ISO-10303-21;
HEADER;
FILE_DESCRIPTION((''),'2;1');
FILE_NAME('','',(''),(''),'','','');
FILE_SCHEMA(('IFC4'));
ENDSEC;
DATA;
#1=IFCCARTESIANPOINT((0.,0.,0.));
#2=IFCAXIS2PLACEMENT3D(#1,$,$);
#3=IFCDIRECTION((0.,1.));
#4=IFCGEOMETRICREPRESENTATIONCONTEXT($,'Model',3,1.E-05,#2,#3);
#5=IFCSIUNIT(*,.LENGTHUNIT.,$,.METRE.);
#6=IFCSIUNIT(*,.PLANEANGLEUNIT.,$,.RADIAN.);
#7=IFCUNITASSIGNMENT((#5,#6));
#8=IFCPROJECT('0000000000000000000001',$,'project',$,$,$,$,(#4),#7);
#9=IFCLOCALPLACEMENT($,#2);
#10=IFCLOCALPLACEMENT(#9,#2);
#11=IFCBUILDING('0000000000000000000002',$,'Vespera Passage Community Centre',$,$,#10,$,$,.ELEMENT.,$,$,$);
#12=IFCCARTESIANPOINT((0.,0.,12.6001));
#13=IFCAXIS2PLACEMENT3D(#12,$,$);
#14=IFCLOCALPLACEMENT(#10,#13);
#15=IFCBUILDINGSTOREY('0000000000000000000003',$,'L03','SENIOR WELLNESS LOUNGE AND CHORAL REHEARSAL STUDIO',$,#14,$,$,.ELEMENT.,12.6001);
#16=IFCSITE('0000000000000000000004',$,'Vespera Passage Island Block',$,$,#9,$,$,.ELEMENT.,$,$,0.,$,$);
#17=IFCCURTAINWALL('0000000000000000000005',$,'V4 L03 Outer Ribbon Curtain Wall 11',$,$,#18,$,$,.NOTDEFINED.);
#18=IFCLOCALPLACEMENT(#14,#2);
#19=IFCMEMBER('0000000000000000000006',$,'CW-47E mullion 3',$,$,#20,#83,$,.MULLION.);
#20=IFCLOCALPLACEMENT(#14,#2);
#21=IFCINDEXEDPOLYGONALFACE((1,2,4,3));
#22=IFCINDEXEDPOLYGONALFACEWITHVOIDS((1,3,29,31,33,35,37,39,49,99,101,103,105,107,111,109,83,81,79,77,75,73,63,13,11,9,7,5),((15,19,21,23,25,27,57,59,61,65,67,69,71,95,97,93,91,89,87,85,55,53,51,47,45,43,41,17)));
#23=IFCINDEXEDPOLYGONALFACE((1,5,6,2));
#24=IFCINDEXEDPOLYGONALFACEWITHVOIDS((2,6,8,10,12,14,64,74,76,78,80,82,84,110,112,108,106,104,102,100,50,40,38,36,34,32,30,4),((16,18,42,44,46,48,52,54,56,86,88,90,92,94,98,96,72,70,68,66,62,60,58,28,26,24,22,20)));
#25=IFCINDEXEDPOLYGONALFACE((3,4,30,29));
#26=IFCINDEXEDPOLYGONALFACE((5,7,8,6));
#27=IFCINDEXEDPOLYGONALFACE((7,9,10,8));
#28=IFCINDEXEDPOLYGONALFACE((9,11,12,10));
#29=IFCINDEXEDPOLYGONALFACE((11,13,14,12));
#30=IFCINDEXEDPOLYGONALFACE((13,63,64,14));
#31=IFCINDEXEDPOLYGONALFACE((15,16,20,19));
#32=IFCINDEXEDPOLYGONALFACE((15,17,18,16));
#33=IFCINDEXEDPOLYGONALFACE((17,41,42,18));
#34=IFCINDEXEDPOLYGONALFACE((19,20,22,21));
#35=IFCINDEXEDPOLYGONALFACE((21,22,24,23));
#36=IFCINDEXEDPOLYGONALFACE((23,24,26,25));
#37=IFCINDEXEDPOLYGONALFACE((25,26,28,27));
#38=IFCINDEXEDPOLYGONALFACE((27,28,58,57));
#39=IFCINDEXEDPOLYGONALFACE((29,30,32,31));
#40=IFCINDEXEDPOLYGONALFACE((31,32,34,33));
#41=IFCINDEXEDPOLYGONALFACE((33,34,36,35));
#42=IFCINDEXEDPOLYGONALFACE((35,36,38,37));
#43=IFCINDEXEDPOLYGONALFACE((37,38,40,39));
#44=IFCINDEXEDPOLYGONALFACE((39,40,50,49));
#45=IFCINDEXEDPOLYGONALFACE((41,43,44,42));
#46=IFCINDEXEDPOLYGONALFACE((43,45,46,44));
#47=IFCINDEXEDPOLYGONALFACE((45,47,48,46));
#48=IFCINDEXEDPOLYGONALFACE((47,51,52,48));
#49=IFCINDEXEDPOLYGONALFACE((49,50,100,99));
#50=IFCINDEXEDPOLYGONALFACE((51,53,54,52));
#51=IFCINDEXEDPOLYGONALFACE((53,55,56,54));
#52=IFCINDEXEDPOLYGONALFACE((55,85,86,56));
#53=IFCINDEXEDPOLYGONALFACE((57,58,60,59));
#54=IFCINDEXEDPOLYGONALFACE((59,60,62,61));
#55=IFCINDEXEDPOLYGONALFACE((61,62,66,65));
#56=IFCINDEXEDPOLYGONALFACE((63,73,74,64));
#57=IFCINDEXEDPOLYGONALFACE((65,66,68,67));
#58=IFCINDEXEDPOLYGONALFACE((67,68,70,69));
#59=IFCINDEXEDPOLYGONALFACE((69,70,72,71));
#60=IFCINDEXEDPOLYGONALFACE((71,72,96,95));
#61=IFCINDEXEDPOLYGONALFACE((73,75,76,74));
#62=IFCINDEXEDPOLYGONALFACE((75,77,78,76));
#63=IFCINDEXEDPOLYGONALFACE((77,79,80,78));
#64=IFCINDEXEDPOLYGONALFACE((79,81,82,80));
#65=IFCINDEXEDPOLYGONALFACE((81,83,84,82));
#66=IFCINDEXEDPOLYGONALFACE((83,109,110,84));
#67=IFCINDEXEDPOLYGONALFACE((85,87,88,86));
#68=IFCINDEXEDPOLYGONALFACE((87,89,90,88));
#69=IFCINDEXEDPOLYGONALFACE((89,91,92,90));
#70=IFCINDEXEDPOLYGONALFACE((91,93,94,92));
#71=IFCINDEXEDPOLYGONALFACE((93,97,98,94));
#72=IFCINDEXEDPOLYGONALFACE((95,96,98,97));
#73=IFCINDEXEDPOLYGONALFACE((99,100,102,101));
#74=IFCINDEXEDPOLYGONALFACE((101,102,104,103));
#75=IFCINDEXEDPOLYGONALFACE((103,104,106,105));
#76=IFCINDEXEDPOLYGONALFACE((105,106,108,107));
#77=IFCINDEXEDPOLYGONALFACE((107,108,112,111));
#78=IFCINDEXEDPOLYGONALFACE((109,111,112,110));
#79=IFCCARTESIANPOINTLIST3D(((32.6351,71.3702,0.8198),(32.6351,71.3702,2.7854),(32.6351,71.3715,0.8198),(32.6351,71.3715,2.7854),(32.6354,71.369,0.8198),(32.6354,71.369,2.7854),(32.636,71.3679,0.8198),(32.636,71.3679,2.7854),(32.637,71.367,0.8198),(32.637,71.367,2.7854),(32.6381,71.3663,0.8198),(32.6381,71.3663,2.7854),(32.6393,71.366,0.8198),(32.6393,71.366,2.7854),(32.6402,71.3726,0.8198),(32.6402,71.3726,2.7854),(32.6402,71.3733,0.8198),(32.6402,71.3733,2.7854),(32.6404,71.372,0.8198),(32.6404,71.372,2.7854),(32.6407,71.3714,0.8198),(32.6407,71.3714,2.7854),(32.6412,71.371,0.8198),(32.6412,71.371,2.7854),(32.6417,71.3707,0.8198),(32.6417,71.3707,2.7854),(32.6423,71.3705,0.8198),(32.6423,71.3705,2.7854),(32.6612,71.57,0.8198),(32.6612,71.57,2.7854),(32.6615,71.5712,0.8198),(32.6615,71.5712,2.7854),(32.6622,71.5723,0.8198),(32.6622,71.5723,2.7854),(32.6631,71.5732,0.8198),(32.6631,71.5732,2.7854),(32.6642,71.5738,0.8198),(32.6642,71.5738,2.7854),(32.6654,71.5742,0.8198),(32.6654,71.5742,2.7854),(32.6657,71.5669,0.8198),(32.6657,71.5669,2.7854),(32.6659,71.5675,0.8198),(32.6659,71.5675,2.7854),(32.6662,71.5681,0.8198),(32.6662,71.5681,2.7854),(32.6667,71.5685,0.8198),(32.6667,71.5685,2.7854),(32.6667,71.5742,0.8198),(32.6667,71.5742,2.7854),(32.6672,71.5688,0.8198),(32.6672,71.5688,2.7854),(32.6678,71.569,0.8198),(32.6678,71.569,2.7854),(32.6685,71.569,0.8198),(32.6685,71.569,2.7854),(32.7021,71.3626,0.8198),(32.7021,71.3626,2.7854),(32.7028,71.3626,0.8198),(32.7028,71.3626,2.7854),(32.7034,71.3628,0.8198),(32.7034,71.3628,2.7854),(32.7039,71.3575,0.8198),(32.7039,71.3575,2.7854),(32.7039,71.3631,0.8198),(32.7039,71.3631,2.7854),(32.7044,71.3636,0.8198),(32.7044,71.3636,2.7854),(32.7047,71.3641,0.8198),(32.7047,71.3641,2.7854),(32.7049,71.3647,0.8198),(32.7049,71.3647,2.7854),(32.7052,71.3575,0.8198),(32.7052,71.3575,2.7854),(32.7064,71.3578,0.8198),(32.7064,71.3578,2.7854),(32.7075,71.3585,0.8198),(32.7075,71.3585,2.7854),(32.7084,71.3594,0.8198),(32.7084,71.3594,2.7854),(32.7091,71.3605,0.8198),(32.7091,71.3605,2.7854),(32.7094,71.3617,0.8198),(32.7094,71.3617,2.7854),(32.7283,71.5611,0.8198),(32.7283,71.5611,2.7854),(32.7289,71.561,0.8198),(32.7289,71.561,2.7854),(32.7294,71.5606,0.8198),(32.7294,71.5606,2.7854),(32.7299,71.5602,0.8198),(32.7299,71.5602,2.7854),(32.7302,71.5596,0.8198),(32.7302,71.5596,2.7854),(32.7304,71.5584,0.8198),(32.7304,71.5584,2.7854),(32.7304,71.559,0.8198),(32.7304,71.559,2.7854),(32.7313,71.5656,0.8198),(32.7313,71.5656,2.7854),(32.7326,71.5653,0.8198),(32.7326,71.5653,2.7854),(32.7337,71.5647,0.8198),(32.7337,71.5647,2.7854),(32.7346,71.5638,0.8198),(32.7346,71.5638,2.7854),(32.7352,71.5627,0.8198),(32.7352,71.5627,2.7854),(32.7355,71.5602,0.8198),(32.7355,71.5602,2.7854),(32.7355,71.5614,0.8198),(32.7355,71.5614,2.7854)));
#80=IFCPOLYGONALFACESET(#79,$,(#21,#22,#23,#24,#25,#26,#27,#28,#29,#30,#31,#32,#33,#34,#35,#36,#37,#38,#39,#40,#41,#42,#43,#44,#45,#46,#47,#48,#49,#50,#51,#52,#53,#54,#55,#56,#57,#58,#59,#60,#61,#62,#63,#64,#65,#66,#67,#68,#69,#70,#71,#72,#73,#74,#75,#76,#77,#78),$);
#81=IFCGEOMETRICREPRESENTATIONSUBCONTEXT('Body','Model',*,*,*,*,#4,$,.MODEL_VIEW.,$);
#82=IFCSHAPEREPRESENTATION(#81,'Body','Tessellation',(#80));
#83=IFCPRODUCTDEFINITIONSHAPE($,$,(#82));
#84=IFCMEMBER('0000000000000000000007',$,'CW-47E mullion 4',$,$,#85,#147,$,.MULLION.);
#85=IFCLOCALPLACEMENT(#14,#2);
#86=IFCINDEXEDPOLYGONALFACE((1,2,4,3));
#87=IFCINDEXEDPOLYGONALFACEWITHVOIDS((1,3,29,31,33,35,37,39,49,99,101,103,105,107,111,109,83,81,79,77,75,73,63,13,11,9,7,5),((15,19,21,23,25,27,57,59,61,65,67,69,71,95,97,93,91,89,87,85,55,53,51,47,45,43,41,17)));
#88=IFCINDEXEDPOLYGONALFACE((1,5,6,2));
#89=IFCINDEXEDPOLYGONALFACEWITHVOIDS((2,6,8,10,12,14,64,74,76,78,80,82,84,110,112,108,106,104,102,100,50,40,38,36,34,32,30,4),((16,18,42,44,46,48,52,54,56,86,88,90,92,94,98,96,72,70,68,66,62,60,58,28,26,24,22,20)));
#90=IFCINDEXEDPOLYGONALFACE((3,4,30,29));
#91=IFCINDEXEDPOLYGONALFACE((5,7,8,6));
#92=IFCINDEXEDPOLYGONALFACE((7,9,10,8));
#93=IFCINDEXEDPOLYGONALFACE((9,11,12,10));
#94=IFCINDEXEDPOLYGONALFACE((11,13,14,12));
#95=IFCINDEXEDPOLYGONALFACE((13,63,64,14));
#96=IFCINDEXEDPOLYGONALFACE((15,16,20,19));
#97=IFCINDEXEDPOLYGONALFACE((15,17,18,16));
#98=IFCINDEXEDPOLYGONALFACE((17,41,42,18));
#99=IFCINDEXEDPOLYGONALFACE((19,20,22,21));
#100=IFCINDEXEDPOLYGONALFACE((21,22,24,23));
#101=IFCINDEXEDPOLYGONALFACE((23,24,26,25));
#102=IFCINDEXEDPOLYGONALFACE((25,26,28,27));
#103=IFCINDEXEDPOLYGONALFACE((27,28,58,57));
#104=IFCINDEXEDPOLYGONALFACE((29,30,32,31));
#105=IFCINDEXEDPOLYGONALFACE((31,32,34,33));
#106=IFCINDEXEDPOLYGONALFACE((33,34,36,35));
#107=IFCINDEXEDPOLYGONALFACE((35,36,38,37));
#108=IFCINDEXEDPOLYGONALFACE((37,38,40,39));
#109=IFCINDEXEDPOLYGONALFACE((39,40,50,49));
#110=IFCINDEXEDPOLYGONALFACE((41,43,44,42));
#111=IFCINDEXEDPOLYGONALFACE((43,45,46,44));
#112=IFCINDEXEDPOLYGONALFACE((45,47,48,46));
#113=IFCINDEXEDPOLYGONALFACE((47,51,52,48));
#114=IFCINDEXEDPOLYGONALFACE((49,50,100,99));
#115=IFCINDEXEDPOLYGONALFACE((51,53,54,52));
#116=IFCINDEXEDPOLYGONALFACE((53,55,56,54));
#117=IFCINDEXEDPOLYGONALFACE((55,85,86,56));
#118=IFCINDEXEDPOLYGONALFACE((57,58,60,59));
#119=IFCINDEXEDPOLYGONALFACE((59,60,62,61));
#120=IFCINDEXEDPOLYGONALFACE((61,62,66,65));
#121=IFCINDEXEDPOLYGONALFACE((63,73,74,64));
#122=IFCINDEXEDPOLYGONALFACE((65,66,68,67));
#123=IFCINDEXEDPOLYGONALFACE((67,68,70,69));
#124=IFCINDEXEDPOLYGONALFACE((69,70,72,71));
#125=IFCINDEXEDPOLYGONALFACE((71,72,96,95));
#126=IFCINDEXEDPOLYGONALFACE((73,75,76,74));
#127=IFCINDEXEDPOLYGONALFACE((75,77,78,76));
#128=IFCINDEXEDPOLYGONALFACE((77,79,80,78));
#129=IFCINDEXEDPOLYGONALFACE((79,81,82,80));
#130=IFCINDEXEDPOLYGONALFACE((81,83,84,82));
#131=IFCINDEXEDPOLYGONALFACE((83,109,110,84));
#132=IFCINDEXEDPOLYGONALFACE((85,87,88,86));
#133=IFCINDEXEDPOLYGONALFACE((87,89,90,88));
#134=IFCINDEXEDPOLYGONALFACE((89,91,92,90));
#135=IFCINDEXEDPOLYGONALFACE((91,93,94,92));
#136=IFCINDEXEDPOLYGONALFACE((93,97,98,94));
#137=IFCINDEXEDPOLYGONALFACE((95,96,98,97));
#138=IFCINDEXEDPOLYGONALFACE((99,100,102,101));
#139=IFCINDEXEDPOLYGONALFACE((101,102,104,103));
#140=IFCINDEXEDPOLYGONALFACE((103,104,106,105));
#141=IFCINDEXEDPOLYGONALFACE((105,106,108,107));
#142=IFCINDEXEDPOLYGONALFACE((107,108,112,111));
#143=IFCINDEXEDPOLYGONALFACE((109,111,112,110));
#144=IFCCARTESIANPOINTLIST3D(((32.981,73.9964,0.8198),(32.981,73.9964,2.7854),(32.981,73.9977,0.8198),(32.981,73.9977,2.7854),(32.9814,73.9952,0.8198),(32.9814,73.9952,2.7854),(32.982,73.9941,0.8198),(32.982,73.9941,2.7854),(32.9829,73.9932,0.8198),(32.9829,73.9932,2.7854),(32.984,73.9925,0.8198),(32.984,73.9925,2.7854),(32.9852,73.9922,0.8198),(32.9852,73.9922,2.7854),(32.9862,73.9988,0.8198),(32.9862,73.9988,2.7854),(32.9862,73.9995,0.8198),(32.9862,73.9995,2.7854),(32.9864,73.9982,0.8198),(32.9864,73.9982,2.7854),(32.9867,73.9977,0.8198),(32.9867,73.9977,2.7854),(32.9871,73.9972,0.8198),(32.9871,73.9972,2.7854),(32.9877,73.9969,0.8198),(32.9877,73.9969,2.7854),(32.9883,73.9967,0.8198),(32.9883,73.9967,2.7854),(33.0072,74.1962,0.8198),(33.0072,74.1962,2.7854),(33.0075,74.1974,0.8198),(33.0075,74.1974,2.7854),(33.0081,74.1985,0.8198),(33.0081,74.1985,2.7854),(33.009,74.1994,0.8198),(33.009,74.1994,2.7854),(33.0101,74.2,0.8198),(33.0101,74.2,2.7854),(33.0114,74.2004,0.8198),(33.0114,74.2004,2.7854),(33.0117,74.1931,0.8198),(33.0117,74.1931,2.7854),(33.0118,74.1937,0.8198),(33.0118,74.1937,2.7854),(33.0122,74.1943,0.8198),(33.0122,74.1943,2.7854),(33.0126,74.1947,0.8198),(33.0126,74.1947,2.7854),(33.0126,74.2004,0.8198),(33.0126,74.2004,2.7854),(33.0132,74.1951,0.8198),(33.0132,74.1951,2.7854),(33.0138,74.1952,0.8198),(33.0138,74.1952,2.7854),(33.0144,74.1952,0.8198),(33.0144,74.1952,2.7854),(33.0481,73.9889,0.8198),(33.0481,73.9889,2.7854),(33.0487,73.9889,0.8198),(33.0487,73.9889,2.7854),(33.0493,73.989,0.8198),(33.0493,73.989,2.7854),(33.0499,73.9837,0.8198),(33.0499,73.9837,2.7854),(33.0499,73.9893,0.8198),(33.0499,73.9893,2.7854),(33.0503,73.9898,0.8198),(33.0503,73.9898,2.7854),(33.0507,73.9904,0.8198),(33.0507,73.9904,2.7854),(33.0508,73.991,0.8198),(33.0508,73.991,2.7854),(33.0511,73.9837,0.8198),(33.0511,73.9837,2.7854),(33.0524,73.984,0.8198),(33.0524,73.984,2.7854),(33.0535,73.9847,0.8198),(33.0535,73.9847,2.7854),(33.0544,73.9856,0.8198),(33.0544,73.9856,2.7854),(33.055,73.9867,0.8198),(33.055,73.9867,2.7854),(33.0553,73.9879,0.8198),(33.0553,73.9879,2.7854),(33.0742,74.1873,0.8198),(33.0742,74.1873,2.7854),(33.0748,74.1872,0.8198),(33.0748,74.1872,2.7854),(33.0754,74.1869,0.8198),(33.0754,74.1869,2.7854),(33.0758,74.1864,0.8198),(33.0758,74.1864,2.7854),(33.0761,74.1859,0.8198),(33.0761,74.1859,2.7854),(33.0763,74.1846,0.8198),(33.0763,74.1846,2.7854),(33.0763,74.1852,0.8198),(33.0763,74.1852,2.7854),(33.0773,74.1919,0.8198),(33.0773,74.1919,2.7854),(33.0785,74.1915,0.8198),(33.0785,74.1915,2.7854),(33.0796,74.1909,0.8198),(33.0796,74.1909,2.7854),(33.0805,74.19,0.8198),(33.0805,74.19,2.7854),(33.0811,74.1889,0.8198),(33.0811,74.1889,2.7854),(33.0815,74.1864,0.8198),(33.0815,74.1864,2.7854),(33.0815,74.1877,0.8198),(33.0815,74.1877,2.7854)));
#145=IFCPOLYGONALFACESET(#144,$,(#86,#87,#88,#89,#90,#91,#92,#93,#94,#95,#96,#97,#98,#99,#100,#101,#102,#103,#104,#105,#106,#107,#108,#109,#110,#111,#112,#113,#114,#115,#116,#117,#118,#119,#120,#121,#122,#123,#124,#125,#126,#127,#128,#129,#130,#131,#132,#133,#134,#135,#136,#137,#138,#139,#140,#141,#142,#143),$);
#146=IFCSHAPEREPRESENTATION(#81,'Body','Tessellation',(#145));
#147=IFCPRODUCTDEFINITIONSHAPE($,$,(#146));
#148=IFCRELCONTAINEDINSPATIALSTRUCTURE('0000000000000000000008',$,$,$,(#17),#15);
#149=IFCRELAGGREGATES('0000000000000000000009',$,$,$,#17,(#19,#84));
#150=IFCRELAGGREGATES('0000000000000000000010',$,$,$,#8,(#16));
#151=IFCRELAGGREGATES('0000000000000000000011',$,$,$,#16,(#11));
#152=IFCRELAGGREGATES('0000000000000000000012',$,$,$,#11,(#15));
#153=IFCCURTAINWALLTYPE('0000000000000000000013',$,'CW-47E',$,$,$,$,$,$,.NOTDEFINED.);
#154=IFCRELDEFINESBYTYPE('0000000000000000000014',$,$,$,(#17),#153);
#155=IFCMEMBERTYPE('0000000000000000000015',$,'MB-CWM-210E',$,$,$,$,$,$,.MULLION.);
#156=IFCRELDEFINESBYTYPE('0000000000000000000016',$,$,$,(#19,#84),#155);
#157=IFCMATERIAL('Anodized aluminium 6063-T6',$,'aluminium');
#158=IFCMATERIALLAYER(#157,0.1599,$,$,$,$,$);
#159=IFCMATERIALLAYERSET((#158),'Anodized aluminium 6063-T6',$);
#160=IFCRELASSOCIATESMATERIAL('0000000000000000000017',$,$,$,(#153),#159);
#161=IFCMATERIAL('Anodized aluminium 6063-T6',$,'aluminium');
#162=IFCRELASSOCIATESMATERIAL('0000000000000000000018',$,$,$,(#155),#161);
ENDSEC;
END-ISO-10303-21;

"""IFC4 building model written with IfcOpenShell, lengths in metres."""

from ifc_helpers import new_model, si_unit, direction, frame, origin, origin_2d, place, context, subcontext, project, spatial, hollow_rectangle, extrude, material, layer, layer_set, material_profile, profile_set, type_object, element, aggregate, save


model = new_model("IFC4")

# Units and contexts
model_context = context("Model", 3, precision=1e-05, world=origin(), true_north=direction((0.0, 1.0)))
body_context = subcontext(model_context, "Body", "Model", "MODEL_VIEW")
ifc_project = project(units=[si_unit("LENGTHUNIT", "METRE"), si_unit("PLANEANGLEUNIT", "RADIAN")], contexts=[model_context])

# Site, building, storey
site_placement = place(None, origin())
site = spatial("IfcSite", under=ifc_project, at=site_placement, Name="Vespera Passage Island Block", CompositionType="ELEMENT", RefElevation=0.0)
building_placement = place(site_placement, origin())
building = spatial("IfcBuilding", under=site, at=building_placement, Name="Vespera Passage Community Centre", CompositionType="ELEMENT")
storey_placement = place(building_placement, frame((0.0, 0.0, 12.6001)))
storey = spatial("IfcBuildingStorey", under=building, at=storey_placement, Name="L03", Description="SENIOR WELLNESS LOUNGE AND CHORAL REHEARSAL STUDIO", CompositionType="ELEMENT", Elevation=12.6001)

# Curtain wall, members
ifc_material_1 = material(Name="Anodized aluminium 6063-T6", Category="aluminium")
ifc_layer_1 = layer(ifc_material_1, 0.1599)
ifc_layer_set_1 = layer_set([ifc_layer_1], Name="Anodized aluminium 6063-T6")
curtain_wall_type_1 = type_object("IfcCurtainWallType", Name="CW-47E", PredefinedType="NOTDEFINED", material=ifc_layer_set_1)
curtain_wall_1_placement = place(storey_placement, origin())
curtain_wall_1 = element("IfcCurtainWall", 1, at=curtain_wall_1_placement, inside=storey, type_object=curtain_wall_type_1, Name="V4 L03 Outer Ribbon Curtain Wall 11", PredefinedType="NOTDEFINED")
ifc_material_2 = material(Name="Anodized aluminium 6063-T6", Category="aluminium")
ifc_material_profile_1 = material_profile(ifc_material_2, hollow_rectangle(XDim=0.075, YDim=0.21, WallThickness=0.0049, InnerFilletRadius=0.0024, OuterFilletRadius=0.0049, at=origin_2d()), Name="ALU210X75X5")
ifc_profile_set_1 = profile_set([ifc_material_profile_1], Name="Anodized aluminium 6063-T6")
member_type_1 = type_object("IfcMemberType", Name="MB-CWM-210E", PredefinedType="MULLION", material=ifc_profile_set_1)
member_1_placement = place(storey_placement, frame((32.6853, 71.4658, 0.8198), z_axis=(0.0, 0.0, 1.0), x_axis=(-0.991445, 0.130523, 0.0)))
member_1 = element("IfcMember", 2, at=member_1_placement, type_object=member_type_1, Name="CW-47E mullion 3", PredefinedType="MULLION", context=body_context, shape_type="SweptSolid", body=[
    extrude(hollow_rectangle(XDim=0.075, YDim=0.21, WallThickness=0.0049, InnerFilletRadius=0.0024, OuterFilletRadius=0.0049, at=origin_2d()), origin(), (0.0, 0.0, 1.0), 1.9656),
])
member_2_placement = place(storey_placement, frame((33.0312, 74.092, 0.8198), z_axis=(0.0, 0.0, 1.0), x_axis=(-0.991445, 0.130523, 0.0)))
member_2 = element("IfcMember", 3, at=member_2_placement, type_object=member_type_1, Name="CW-47E mullion 4", PredefinedType="MULLION", context=body_context, shape_type="SweptSolid", body=[
    extrude(hollow_rectangle(XDim=0.075, YDim=0.21, WallThickness=0.0049, InnerFilletRadius=0.0024, OuterFilletRadius=0.0049, at=origin_2d()), origin(), (0.0, 0.0, 1.0), 1.9656),
])

aggregate(curtain_wall_1, [member_1, member_2])

save(model, "model.ifc")
